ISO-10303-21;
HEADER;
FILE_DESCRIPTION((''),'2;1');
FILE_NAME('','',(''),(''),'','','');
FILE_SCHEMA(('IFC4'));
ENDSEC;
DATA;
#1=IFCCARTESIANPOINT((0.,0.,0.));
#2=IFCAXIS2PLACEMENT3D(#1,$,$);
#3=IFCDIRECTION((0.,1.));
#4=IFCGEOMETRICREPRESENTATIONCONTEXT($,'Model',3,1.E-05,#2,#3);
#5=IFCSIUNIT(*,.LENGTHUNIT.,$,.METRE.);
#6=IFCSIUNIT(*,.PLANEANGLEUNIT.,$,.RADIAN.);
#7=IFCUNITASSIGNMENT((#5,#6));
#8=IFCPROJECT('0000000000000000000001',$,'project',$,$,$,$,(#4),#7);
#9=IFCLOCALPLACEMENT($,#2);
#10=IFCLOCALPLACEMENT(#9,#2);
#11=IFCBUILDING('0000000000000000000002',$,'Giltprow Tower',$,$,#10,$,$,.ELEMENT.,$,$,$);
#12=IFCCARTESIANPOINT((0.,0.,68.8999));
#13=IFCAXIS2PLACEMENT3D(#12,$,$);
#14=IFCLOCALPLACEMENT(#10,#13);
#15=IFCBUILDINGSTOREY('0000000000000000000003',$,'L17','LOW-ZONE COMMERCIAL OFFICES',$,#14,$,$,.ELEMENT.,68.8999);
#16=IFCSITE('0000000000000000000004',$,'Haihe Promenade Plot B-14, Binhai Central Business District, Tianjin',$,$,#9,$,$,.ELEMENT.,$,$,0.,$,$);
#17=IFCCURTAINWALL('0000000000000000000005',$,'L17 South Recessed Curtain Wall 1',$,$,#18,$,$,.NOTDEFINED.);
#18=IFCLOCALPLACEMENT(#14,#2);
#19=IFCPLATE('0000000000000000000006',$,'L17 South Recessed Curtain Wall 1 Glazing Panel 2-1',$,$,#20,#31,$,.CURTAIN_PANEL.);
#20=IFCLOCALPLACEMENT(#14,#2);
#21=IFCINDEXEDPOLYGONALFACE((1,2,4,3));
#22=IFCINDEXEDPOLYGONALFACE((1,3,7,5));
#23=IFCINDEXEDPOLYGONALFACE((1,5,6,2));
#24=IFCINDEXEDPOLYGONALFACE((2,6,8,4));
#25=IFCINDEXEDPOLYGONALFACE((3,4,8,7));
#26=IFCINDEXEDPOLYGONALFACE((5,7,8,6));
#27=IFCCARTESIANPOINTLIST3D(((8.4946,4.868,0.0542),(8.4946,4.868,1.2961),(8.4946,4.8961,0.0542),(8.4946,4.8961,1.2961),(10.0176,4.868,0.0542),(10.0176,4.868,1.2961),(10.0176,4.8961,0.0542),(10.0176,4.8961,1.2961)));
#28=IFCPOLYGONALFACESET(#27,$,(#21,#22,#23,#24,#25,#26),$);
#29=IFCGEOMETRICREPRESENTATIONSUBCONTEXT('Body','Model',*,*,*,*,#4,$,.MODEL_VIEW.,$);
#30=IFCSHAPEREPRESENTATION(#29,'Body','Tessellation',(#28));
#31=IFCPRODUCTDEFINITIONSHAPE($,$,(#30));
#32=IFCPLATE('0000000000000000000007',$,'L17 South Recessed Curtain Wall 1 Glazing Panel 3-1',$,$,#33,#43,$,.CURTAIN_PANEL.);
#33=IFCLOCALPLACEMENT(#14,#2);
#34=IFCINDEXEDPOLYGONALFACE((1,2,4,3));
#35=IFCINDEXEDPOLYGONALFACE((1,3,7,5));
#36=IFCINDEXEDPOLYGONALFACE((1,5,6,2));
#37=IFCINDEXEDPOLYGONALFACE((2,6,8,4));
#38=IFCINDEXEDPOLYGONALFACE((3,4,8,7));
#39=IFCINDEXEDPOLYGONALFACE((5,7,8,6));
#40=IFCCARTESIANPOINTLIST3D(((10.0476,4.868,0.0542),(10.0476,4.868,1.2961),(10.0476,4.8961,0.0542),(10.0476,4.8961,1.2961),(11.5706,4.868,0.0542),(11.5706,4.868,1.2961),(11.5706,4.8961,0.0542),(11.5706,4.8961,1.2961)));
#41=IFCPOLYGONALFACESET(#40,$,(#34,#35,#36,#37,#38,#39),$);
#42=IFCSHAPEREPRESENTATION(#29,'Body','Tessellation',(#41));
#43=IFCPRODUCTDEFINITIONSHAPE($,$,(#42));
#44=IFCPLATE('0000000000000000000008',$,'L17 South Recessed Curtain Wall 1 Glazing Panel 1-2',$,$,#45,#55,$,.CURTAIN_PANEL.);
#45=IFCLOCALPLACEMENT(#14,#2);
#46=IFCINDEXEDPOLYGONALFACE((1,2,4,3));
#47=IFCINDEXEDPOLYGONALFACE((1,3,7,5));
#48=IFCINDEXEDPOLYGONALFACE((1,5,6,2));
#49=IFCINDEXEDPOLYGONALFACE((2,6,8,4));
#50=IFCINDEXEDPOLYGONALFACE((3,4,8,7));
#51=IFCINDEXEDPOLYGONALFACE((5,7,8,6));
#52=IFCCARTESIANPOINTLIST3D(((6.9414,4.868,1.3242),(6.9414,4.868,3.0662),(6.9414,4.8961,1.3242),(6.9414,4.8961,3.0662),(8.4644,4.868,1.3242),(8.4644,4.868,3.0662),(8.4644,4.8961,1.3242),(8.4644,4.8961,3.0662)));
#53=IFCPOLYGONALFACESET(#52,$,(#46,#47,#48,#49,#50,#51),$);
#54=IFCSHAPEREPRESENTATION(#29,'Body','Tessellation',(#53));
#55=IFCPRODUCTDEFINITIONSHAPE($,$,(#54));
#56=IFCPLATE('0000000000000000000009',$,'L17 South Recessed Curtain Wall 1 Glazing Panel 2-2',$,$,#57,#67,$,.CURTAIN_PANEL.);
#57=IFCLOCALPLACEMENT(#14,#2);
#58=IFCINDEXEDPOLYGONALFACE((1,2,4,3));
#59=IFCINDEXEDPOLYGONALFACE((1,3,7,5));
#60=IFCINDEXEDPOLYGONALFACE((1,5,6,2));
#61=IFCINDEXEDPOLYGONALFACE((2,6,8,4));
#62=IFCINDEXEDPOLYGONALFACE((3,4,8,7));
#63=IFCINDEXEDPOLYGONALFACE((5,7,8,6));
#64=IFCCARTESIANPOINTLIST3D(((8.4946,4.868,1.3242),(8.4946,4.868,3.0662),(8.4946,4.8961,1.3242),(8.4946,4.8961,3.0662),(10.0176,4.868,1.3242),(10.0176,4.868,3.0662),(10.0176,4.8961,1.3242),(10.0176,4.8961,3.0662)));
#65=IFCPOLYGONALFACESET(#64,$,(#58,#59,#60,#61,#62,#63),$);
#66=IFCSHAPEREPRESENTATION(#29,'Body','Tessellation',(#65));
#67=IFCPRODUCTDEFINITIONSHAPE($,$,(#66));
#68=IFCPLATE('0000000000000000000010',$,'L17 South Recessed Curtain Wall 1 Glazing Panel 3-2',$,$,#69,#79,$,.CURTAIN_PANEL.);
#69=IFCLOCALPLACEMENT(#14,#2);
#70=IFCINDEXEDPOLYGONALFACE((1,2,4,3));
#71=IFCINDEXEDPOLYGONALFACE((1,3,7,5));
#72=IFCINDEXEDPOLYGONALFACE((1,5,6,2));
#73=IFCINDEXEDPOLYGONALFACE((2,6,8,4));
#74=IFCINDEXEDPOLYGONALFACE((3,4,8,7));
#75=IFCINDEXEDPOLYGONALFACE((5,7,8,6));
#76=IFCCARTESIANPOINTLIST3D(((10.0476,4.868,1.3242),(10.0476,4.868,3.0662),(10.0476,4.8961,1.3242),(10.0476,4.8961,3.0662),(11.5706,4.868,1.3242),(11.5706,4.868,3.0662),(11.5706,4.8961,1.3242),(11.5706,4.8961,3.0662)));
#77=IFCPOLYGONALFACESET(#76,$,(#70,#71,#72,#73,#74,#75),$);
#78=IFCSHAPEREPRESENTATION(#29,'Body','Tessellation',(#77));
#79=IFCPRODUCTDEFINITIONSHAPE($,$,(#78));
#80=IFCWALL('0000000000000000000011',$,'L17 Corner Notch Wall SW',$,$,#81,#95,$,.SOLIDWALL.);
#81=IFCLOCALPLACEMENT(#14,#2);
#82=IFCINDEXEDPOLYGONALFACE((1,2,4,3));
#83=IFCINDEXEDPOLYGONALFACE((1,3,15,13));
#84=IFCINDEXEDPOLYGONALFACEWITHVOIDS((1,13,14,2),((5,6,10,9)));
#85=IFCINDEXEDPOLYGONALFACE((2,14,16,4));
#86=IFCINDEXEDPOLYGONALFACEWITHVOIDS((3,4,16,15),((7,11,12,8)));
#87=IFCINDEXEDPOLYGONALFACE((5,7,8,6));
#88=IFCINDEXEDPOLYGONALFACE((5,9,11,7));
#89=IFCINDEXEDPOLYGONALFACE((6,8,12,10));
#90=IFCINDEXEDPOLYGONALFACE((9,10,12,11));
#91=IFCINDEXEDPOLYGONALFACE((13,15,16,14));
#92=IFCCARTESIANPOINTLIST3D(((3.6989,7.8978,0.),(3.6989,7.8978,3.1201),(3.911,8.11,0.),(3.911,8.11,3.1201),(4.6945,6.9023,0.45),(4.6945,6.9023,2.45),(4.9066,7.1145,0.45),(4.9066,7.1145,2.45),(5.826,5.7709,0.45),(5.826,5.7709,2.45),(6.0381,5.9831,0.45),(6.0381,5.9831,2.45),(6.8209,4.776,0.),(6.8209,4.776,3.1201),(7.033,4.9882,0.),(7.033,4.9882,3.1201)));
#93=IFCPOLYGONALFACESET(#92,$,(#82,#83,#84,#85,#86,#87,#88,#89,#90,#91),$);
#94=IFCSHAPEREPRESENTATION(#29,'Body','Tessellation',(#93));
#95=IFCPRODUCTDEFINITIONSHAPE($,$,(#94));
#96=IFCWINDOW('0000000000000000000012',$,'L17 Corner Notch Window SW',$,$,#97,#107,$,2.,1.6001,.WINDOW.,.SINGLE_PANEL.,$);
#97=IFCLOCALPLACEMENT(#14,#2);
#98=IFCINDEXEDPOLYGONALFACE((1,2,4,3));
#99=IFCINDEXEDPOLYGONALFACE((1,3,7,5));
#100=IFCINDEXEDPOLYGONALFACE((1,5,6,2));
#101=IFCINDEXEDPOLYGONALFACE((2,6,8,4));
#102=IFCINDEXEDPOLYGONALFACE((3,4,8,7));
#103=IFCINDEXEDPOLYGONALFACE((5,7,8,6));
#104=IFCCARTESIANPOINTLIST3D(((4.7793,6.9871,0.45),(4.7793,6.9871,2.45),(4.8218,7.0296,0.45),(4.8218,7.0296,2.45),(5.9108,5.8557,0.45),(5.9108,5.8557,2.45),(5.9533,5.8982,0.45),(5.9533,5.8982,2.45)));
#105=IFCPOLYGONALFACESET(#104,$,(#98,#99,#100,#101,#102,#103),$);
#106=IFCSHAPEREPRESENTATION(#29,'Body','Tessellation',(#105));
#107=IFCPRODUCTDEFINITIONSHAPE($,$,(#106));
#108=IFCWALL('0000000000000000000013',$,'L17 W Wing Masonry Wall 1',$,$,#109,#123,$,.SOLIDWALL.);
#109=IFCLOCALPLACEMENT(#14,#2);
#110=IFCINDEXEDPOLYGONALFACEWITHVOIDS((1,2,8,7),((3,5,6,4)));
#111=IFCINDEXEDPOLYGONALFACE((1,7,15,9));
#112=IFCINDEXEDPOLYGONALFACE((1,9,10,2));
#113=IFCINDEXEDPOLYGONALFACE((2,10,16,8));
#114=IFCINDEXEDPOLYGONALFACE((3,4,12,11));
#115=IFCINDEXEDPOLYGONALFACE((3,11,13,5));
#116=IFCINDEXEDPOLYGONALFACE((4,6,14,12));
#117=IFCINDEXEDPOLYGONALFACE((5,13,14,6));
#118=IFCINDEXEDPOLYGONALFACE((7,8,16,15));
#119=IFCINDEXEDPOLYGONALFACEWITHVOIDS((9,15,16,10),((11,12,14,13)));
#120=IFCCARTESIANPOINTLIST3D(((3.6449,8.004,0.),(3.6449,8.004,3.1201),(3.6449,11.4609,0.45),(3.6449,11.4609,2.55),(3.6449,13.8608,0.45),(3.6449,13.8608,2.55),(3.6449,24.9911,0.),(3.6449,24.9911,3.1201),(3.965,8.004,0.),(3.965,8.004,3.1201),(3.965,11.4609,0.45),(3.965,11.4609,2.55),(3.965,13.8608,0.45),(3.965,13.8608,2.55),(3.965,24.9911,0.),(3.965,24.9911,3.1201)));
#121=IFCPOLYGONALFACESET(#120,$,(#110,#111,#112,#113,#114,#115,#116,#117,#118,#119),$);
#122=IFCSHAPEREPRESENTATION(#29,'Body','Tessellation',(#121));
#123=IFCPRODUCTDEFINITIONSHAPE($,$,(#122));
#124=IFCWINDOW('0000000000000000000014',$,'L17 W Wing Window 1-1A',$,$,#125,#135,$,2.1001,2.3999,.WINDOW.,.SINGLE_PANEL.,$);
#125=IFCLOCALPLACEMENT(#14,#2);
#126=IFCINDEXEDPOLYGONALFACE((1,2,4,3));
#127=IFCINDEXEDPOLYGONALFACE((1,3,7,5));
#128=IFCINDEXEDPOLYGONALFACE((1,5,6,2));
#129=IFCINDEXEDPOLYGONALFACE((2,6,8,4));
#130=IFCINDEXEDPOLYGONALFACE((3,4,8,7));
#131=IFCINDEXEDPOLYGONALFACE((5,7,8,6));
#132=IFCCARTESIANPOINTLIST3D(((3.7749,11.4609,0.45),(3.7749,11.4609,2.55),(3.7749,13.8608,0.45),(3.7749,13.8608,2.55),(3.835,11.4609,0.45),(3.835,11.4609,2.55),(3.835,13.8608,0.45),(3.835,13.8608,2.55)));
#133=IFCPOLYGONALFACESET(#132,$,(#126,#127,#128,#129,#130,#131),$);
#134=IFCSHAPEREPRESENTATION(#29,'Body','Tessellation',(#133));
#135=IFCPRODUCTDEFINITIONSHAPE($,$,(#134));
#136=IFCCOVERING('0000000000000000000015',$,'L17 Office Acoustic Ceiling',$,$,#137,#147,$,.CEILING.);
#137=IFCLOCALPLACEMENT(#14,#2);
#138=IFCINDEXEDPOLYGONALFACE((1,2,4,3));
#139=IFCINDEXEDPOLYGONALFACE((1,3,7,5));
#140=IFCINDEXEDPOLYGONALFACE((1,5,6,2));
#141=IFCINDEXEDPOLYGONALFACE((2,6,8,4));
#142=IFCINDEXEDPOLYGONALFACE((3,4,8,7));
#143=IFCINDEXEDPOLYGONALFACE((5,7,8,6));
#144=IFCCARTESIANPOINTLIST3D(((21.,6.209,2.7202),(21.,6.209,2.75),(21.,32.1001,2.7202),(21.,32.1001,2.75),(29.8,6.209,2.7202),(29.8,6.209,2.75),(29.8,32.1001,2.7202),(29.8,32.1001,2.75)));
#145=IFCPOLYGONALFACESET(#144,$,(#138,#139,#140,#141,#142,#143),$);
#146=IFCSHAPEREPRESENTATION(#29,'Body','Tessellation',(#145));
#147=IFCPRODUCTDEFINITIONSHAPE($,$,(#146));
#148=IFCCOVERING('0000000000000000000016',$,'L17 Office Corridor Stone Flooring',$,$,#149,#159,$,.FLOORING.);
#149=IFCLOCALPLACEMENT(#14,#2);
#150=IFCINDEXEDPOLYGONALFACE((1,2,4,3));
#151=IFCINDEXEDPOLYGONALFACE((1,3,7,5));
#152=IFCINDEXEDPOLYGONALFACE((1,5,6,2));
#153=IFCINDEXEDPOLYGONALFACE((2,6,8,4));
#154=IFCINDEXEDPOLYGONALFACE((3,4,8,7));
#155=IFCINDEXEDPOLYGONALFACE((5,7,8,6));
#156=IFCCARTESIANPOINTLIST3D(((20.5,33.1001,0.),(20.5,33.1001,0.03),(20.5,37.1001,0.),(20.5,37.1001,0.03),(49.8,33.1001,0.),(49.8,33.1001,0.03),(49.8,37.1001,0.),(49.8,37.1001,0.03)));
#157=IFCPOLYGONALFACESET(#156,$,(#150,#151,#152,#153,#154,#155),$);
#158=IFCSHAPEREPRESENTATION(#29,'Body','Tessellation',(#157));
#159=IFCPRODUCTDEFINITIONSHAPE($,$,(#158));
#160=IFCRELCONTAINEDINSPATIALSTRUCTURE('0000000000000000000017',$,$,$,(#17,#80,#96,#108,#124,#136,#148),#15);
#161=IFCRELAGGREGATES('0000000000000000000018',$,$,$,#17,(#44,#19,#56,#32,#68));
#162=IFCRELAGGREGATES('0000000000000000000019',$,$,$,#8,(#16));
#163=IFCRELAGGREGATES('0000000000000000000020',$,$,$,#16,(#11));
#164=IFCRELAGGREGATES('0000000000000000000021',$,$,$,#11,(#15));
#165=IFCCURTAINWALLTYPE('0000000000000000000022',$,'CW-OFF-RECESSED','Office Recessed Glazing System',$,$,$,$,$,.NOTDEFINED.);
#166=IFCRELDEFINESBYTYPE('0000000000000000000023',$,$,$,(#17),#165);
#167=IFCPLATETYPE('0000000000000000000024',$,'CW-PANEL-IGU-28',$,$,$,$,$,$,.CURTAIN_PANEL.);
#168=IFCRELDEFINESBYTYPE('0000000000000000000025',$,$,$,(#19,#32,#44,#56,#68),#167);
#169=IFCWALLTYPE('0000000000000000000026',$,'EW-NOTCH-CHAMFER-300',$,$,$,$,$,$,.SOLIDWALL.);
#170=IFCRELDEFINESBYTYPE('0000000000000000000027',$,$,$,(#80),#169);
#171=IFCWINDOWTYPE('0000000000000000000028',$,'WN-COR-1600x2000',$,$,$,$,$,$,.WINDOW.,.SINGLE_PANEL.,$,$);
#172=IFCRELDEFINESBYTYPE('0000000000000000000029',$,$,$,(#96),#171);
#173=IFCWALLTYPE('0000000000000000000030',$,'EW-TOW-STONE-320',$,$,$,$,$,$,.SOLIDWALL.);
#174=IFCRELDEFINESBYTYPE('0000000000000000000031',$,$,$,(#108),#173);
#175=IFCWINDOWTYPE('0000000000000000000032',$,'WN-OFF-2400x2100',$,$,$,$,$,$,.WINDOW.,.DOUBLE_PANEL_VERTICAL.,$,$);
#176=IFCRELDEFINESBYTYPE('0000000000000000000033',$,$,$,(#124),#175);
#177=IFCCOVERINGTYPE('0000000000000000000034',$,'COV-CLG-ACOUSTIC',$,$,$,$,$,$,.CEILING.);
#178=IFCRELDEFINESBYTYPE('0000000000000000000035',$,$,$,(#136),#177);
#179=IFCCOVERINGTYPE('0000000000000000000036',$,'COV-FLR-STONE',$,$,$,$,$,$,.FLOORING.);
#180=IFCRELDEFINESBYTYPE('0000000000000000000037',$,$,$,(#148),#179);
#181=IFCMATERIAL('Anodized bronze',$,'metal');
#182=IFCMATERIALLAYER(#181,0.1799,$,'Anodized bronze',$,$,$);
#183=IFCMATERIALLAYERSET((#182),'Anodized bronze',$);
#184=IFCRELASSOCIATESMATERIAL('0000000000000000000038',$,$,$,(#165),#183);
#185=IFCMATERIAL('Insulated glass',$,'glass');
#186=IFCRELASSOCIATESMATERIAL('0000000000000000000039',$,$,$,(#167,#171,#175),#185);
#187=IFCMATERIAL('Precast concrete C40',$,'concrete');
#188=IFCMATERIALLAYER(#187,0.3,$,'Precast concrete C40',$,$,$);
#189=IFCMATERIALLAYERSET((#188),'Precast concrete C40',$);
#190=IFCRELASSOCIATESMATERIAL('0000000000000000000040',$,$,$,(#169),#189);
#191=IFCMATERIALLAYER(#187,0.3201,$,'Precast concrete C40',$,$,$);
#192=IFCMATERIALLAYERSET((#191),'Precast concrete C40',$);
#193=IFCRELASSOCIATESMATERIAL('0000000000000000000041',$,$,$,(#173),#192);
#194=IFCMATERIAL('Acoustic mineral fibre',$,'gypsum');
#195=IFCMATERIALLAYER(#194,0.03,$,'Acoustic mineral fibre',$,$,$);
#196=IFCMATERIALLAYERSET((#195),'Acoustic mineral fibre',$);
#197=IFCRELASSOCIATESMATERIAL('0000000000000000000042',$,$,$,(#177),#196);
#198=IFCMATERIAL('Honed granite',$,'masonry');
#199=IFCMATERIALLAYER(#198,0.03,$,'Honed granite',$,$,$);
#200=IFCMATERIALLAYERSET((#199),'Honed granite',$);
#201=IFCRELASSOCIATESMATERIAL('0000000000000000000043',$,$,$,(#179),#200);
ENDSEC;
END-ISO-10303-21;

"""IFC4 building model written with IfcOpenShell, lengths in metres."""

from ifc_helpers import new_model, si_unit, direction, frame, frame_2d, origin, origin_2d, place, context, subcontext, project, spatial, polyline, rectangle, outline, extrude, source, transform, mapped, material, layer, layer_set, type_object, element, fill, aggregate, save


model = new_model("IFC4")

# Units and contexts
model_context = context("Model", 3, precision=1e-05, world=origin(), true_north=direction((0.0, 1.0)))
body_context = subcontext(model_context, "Body", "Model", "MODEL_VIEW")
ifc_project = project(units=[si_unit("LENGTHUNIT", "METRE"), si_unit("PLANEANGLEUNIT", "RADIAN")], contexts=[model_context])

# Site, building, storey
site_placement = place(None, origin())
site = spatial("IfcSite", under=ifc_project, at=site_placement, Name="Haihe Promenade Plot B-14, Binhai Central Business District, Tianjin", CompositionType="ELEMENT", RefElevation=0.0)
building_placement = place(site_placement, origin())
building = spatial("IfcBuilding", under=site, at=building_placement, Name="Giltprow Tower", CompositionType="ELEMENT")
storey_placement = place(building_placement, frame((0.0, 0.0, 68.8999)))
storey = spatial("IfcBuildingStorey", under=building, at=storey_placement, Name="L17", Description="LOW-ZONE COMMERCIAL OFFICES", CompositionType="ELEMENT", Elevation=68.8999)

# Curtain wall
ifc_material_1 = material(Name="Anodized bronze", Category="metal")
ifc_layer_1 = layer(ifc_material_1, 0.1799, Name="Anodized bronze")
ifc_layer_set_1 = layer_set([ifc_layer_1], Name="Anodized bronze")
curtain_wall_type = type_object("IfcCurtainWallType", Name="CW-OFF-RECESSED", Description="Office Recessed Glazing System", PredefinedType="NOTDEFINED", material=ifc_layer_set_1)
curtain_wall_placement = place(storey_placement, origin())
curtain_wall = element("IfcCurtainWall", 1, at=curtain_wall_placement, inside=storey, type_object=curtain_wall_type, Name="L17 South Recessed Curtain Wall 1", PredefinedType="NOTDEFINED")

# Plates
ifc_material_2 = material(Name="Insulated glass", Category="glass")
plate_type_1 = type_object("IfcPlateType", Name="CW-PANEL-IGU-28", PredefinedType="CURTAIN_PANEL", material=ifc_material_2)
shared_shape_1 = source(origin(), body_context, "Body", "SweptSolid", [
    extrude(rectangle(XDim=1.5229, YDim=0.0281, at=origin_2d()), origin(), (0.0, 0.0, 1.0), 1.2419),
])
plate_1_placement = place(storey_placement, frame((9.2561, 4.8821, 0.0542), z_axis=(0.0, 0.0, 1.0), x_axis=(1.0, 0.0, 0.0)))
plate_1 = element("IfcPlate", 2, at=plate_1_placement, type_object=plate_type_1, Name="L17 South Recessed Curtain Wall 1 Glazing Panel 2-1", PredefinedType="CURTAIN_PANEL", context=body_context, shape_type="MappedRepresentation", body=[
    mapped(shared_shape_1, transform((0.0, 0.0, 0.0), x_axis=(1.0, 0.0, 0.0), y_axis=(0.0, 1.0, 0.0), z_axis=(0.0, 0.0, 1.0), scale=1.0)),
])
plate_2_placement = place(storey_placement, frame((10.8091, 4.8821, 0.0542), z_axis=(0.0, 0.0, 1.0), x_axis=(1.0, 0.0, 0.0)))
plate_2 = element("IfcPlate", 3, at=plate_2_placement, type_object=plate_type_1, Name="L17 South Recessed Curtain Wall 1 Glazing Panel 3-1", PredefinedType="CURTAIN_PANEL", context=body_context, shape_type="MappedRepresentation", body=[
    mapped(shared_shape_1, transform((0.0, 0.0, 0.0), x_axis=(1.0, 0.0, 0.0), y_axis=(0.0, 1.0, 0.0), z_axis=(0.0, 0.0, 1.0), scale=1.0)),
])
shared_shape_2 = source(origin(), body_context, "Body", "SweptSolid", [
    extrude(rectangle(XDim=1.5229, YDim=0.0281, at=origin_2d()), origin(), (0.0, 0.0, 1.0), 1.7419),
])
plate_3_placement = place(storey_placement, frame((7.7029, 4.8821, 1.3242), z_axis=(0.0, 0.0, 1.0), x_axis=(1.0, 0.0, 0.0)))
plate_3 = element("IfcPlate", 4, at=plate_3_placement, type_object=plate_type_1, Name="L17 South Recessed Curtain Wall 1 Glazing Panel 1-2", PredefinedType="CURTAIN_PANEL", context=body_context, shape_type="MappedRepresentation", body=[
    mapped(shared_shape_2, transform((0.0, 0.0, 0.0), x_axis=(1.0, 0.0, 0.0), y_axis=(0.0, 1.0, 0.0), z_axis=(0.0, 0.0, 1.0), scale=1.0)),
])
plate_4_placement = place(storey_placement, frame((9.2561, 4.8821, 1.3242), z_axis=(0.0, 0.0, 1.0), x_axis=(1.0, 0.0, 0.0)))
plate_4 = element("IfcPlate", 5, at=plate_4_placement, type_object=plate_type_1, Name="L17 South Recessed Curtain Wall 1 Glazing Panel 2-2", PredefinedType="CURTAIN_PANEL", context=body_context, shape_type="MappedRepresentation", body=[
    mapped(shared_shape_2, transform((0.0, 0.0, 0.0), x_axis=(1.0, 0.0, 0.0), y_axis=(0.0, 1.0, 0.0), z_axis=(0.0, 0.0, 1.0), scale=1.0)),
])
plate_5_placement = place(storey_placement, frame((10.8091, 4.8821, 1.3242), z_axis=(0.0, 0.0, 1.0), x_axis=(1.0, 0.0, 0.0)))
plate_5 = element("IfcPlate", 6, at=plate_5_placement, type_object=plate_type_1, Name="L17 South Recessed Curtain Wall 1 Glazing Panel 3-2", PredefinedType="CURTAIN_PANEL", context=body_context, shape_type="MappedRepresentation", body=[
    mapped(shared_shape_2, transform((0.0, 0.0, 0.0), x_axis=(1.0, 0.0, 0.0), y_axis=(0.0, 1.0, 0.0), z_axis=(0.0, 0.0, 1.0), scale=1.0)),
])
aggregate(curtain_wall, [plate_3, plate_1, plate_4, plate_2, plate_5])

# Walls, openings, windows
ifc_material_3 = material(Name="Precast concrete C40", Category="concrete")
ifc_layer_2 = layer(ifc_material_3, 0.3, Name="Precast concrete C40")
ifc_layer_set_2 = layer_set([ifc_layer_2], Name="Precast concrete C40")
wall_type_1 = type_object("IfcWallType", Name="EW-NOTCH-CHAMFER-300", PredefinedType="SOLIDWALL", material=ifc_layer_set_2)
wall_1_placement = place(storey_placement, frame((3.8049, 8.0039, 0.0), z_axis=(0.0, 0.0, 1.0), x_axis=(0.707134, -0.707079, 0.0)))
wall_1 = element("IfcWall", 7, at=wall_1_placement, inside=storey, type_object=wall_type_1, Name="L17 Corner Notch Wall SW", PredefinedType="SOLIDWALL", context=body_context, shape_type="SweptSolid", body=[
    extrude(rectangle(XDim=4.415, YDim=0.3, at=frame_2d((2.2075, 0.0))), origin(), (0.0, 0.0, 1.0), 3.1201),
])
opening_1_placement = place(wall_1_placement, frame((1.408, 0.0, 0.45)))
opening_1 = element("IfcOpeningElement", 8, at=opening_1_placement, cuts=wall_1, PredefinedType="OPENING", context=body_context, shape_type="SweptSolid", body=[
    extrude(rectangle(XDim=1.6001, YDim=2.0, at=frame_2d((0.8, 1.0))), frame((0.0, 0.1599, 0.0), z_axis=(0.0, -1.0, 0.0), x_axis=(1.0, 0.0, 0.0)), (0.0, 0.0, 1.0), 0.3201),
])
window_type_1 = type_object("IfcWindowType", Name="WN-COR-1600x2000", PartitioningType="SINGLE_PANEL", PredefinedType="WINDOW", material=ifc_material_2)
shared_shape_3 = source(origin(), body_context, "Body", "SweptSolid", [
    extrude(rectangle(XDim=1.6001, YDim=2.0, at=frame_2d((0.8, 1.0))), frame((0.0, 0.03, 0.0), z_axis=(0.0, -1.0, 0.0), x_axis=(1.0, 0.0, 0.0)), (0.0, 0.0, 1.0), 0.0601),
])
window_1_placement = place(opening_1_placement, origin())
window_1 = element("IfcWindow", 9, at=window_1_placement, inside=storey, type_object=window_type_1, Name="L17 Corner Notch Window SW", OverallHeight=2.0, OverallWidth=1.6001, PartitioningType="SINGLE_PANEL", PredefinedType="WINDOW", context=body_context, shape_type="MappedRepresentation", body=[
    mapped(shared_shape_3, transform((0.0, 0.0, 0.0), x_axis=(1.0, 0.0, 0.0), y_axis=(0.0, 1.0, 0.0), z_axis=(0.0, 0.0, 1.0), scale=1.0)),
])
fill(opening_1, window_1)
ifc_layer_3 = layer(ifc_material_3, 0.3201, Name="Precast concrete C40")
ifc_layer_set_3 = layer_set([ifc_layer_3], Name="Precast concrete C40")
wall_type_2 = type_object("IfcWallType", Name="EW-TOW-STONE-320", PredefinedType="SOLIDWALL", material=ifc_layer_set_3)
wall_2_placement = place(storey_placement, frame((3.8049, 8.0039, 0.0), z_axis=(0.0, 0.0, 1.0), x_axis=(0.0, 1.0, 0.0)))
wall_2 = element("IfcWall", 10, at=wall_2_placement, inside=storey, type_object=wall_type_2, Name="L17 W Wing Masonry Wall 1", PredefinedType="SOLIDWALL", context=body_context, shape_type="SweptSolid", body=[
    extrude(rectangle(XDim=16.9871, YDim=0.3201, at=frame_2d((8.4937, 0.0))), origin(), (0.0, 0.0, 1.0), 3.1201),
])
opening_2_placement = place(wall_2_placement, frame((3.457, 0.0, 0.45)))
opening_2 = element("IfcOpeningElement", 11, at=opening_2_placement, cuts=wall_2, PredefinedType="OPENING", context=body_context, shape_type="SweptSolid", body=[
    extrude(rectangle(XDim=2.3999, YDim=2.1001, at=frame_2d((1.2, 1.05))), frame((0.0, 0.1699, 0.0), z_axis=(0.0, -1.0, 0.0), x_axis=(1.0, 0.0, 0.0)), (0.0, 0.0, 1.0), 0.3401),
])
window_type_2 = type_object("IfcWindowType", Name="WN-OFF-2400x2100", PartitioningType="DOUBLE_PANEL_VERTICAL", PredefinedType="WINDOW", material=ifc_material_2)
shared_shape_4 = source(origin(), body_context, "Body", "SweptSolid", [
    extrude(rectangle(XDim=2.3999, YDim=2.1001, at=frame_2d((1.2, 1.05))), frame((0.0, 0.03, 0.0), z_axis=(0.0, -1.0, 0.0), x_axis=(1.0, 0.0, 0.0)), (0.0, 0.0, 1.0), 0.0601),
])
window_2_placement = place(opening_2_placement, origin())
window_2 = element("IfcWindow", 12, at=window_2_placement, inside=storey, type_object=window_type_2, Name="L17 W Wing Window 1-1A", OverallHeight=2.1001, OverallWidth=2.3999, PartitioningType="SINGLE_PANEL", PredefinedType="WINDOW", context=body_context, shape_type="MappedRepresentation", body=[
    mapped(shared_shape_4, transform((0.0, 0.0, 0.0), x_axis=(1.0, 0.0, 0.0), y_axis=(0.0, 1.0, 0.0), z_axis=(0.0, 0.0, 1.0), scale=1.0)),
])
fill(opening_2, window_2)

# Coverings
ifc_material_4 = material(Name="Acoustic mineral fibre", Category="gypsum")
ifc_layer_4 = layer(ifc_material_4, 0.03, Name="Acoustic mineral fibre")
ifc_layer_set_4 = layer_set([ifc_layer_4], Name="Acoustic mineral fibre")
covering_type_1 = type_object("IfcCoveringType", Name="COV-CLG-ACOUSTIC", PredefinedType="CEILING", material=ifc_layer_set_4)
covering_1_placement = place(storey_placement, frame((0.0, 0.0, 2.7202)))
element("IfcCovering", 13, at=covering_1_placement, inside=storey, type_object=covering_type_1, Name="L17 Office Acoustic Ceiling", PredefinedType="CEILING", context=body_context, shape_type="SweptSolid", body=[
    extrude(outline(polyline([(21.0, 6.209), (29.8, 6.209), (29.8, 32.1001), (21.0, 32.1001), (21.0, 6.209)])), origin(), (0.0, 0.0, 1.0), 0.0298),
])
ifc_material_5 = material(Name="Honed granite", Category="masonry")
ifc_layer_5 = layer(ifc_material_5, 0.03, Name="Honed granite")
ifc_layer_set_5 = layer_set([ifc_layer_5], Name="Honed granite")
covering_type_2 = type_object("IfcCoveringType", Name="COV-FLR-STONE", PredefinedType="FLOORING", material=ifc_layer_set_5)
covering_2_placement = place(storey_placement, origin())
element("IfcCovering", 14, at=covering_2_placement, inside=storey, type_object=covering_type_2, Name="L17 Office Corridor Stone Flooring", PredefinedType="FLOORING", context=body_context, shape_type="SweptSolid", body=[
    extrude(outline(polyline([(20.5, 33.1001), (49.8, 33.1001), (49.8, 37.1001), (20.5, 37.1001), (20.5, 33.1001)])), origin(), (0.0, 0.0, 1.0), 0.03),
])

save(model, "model.ifc")
